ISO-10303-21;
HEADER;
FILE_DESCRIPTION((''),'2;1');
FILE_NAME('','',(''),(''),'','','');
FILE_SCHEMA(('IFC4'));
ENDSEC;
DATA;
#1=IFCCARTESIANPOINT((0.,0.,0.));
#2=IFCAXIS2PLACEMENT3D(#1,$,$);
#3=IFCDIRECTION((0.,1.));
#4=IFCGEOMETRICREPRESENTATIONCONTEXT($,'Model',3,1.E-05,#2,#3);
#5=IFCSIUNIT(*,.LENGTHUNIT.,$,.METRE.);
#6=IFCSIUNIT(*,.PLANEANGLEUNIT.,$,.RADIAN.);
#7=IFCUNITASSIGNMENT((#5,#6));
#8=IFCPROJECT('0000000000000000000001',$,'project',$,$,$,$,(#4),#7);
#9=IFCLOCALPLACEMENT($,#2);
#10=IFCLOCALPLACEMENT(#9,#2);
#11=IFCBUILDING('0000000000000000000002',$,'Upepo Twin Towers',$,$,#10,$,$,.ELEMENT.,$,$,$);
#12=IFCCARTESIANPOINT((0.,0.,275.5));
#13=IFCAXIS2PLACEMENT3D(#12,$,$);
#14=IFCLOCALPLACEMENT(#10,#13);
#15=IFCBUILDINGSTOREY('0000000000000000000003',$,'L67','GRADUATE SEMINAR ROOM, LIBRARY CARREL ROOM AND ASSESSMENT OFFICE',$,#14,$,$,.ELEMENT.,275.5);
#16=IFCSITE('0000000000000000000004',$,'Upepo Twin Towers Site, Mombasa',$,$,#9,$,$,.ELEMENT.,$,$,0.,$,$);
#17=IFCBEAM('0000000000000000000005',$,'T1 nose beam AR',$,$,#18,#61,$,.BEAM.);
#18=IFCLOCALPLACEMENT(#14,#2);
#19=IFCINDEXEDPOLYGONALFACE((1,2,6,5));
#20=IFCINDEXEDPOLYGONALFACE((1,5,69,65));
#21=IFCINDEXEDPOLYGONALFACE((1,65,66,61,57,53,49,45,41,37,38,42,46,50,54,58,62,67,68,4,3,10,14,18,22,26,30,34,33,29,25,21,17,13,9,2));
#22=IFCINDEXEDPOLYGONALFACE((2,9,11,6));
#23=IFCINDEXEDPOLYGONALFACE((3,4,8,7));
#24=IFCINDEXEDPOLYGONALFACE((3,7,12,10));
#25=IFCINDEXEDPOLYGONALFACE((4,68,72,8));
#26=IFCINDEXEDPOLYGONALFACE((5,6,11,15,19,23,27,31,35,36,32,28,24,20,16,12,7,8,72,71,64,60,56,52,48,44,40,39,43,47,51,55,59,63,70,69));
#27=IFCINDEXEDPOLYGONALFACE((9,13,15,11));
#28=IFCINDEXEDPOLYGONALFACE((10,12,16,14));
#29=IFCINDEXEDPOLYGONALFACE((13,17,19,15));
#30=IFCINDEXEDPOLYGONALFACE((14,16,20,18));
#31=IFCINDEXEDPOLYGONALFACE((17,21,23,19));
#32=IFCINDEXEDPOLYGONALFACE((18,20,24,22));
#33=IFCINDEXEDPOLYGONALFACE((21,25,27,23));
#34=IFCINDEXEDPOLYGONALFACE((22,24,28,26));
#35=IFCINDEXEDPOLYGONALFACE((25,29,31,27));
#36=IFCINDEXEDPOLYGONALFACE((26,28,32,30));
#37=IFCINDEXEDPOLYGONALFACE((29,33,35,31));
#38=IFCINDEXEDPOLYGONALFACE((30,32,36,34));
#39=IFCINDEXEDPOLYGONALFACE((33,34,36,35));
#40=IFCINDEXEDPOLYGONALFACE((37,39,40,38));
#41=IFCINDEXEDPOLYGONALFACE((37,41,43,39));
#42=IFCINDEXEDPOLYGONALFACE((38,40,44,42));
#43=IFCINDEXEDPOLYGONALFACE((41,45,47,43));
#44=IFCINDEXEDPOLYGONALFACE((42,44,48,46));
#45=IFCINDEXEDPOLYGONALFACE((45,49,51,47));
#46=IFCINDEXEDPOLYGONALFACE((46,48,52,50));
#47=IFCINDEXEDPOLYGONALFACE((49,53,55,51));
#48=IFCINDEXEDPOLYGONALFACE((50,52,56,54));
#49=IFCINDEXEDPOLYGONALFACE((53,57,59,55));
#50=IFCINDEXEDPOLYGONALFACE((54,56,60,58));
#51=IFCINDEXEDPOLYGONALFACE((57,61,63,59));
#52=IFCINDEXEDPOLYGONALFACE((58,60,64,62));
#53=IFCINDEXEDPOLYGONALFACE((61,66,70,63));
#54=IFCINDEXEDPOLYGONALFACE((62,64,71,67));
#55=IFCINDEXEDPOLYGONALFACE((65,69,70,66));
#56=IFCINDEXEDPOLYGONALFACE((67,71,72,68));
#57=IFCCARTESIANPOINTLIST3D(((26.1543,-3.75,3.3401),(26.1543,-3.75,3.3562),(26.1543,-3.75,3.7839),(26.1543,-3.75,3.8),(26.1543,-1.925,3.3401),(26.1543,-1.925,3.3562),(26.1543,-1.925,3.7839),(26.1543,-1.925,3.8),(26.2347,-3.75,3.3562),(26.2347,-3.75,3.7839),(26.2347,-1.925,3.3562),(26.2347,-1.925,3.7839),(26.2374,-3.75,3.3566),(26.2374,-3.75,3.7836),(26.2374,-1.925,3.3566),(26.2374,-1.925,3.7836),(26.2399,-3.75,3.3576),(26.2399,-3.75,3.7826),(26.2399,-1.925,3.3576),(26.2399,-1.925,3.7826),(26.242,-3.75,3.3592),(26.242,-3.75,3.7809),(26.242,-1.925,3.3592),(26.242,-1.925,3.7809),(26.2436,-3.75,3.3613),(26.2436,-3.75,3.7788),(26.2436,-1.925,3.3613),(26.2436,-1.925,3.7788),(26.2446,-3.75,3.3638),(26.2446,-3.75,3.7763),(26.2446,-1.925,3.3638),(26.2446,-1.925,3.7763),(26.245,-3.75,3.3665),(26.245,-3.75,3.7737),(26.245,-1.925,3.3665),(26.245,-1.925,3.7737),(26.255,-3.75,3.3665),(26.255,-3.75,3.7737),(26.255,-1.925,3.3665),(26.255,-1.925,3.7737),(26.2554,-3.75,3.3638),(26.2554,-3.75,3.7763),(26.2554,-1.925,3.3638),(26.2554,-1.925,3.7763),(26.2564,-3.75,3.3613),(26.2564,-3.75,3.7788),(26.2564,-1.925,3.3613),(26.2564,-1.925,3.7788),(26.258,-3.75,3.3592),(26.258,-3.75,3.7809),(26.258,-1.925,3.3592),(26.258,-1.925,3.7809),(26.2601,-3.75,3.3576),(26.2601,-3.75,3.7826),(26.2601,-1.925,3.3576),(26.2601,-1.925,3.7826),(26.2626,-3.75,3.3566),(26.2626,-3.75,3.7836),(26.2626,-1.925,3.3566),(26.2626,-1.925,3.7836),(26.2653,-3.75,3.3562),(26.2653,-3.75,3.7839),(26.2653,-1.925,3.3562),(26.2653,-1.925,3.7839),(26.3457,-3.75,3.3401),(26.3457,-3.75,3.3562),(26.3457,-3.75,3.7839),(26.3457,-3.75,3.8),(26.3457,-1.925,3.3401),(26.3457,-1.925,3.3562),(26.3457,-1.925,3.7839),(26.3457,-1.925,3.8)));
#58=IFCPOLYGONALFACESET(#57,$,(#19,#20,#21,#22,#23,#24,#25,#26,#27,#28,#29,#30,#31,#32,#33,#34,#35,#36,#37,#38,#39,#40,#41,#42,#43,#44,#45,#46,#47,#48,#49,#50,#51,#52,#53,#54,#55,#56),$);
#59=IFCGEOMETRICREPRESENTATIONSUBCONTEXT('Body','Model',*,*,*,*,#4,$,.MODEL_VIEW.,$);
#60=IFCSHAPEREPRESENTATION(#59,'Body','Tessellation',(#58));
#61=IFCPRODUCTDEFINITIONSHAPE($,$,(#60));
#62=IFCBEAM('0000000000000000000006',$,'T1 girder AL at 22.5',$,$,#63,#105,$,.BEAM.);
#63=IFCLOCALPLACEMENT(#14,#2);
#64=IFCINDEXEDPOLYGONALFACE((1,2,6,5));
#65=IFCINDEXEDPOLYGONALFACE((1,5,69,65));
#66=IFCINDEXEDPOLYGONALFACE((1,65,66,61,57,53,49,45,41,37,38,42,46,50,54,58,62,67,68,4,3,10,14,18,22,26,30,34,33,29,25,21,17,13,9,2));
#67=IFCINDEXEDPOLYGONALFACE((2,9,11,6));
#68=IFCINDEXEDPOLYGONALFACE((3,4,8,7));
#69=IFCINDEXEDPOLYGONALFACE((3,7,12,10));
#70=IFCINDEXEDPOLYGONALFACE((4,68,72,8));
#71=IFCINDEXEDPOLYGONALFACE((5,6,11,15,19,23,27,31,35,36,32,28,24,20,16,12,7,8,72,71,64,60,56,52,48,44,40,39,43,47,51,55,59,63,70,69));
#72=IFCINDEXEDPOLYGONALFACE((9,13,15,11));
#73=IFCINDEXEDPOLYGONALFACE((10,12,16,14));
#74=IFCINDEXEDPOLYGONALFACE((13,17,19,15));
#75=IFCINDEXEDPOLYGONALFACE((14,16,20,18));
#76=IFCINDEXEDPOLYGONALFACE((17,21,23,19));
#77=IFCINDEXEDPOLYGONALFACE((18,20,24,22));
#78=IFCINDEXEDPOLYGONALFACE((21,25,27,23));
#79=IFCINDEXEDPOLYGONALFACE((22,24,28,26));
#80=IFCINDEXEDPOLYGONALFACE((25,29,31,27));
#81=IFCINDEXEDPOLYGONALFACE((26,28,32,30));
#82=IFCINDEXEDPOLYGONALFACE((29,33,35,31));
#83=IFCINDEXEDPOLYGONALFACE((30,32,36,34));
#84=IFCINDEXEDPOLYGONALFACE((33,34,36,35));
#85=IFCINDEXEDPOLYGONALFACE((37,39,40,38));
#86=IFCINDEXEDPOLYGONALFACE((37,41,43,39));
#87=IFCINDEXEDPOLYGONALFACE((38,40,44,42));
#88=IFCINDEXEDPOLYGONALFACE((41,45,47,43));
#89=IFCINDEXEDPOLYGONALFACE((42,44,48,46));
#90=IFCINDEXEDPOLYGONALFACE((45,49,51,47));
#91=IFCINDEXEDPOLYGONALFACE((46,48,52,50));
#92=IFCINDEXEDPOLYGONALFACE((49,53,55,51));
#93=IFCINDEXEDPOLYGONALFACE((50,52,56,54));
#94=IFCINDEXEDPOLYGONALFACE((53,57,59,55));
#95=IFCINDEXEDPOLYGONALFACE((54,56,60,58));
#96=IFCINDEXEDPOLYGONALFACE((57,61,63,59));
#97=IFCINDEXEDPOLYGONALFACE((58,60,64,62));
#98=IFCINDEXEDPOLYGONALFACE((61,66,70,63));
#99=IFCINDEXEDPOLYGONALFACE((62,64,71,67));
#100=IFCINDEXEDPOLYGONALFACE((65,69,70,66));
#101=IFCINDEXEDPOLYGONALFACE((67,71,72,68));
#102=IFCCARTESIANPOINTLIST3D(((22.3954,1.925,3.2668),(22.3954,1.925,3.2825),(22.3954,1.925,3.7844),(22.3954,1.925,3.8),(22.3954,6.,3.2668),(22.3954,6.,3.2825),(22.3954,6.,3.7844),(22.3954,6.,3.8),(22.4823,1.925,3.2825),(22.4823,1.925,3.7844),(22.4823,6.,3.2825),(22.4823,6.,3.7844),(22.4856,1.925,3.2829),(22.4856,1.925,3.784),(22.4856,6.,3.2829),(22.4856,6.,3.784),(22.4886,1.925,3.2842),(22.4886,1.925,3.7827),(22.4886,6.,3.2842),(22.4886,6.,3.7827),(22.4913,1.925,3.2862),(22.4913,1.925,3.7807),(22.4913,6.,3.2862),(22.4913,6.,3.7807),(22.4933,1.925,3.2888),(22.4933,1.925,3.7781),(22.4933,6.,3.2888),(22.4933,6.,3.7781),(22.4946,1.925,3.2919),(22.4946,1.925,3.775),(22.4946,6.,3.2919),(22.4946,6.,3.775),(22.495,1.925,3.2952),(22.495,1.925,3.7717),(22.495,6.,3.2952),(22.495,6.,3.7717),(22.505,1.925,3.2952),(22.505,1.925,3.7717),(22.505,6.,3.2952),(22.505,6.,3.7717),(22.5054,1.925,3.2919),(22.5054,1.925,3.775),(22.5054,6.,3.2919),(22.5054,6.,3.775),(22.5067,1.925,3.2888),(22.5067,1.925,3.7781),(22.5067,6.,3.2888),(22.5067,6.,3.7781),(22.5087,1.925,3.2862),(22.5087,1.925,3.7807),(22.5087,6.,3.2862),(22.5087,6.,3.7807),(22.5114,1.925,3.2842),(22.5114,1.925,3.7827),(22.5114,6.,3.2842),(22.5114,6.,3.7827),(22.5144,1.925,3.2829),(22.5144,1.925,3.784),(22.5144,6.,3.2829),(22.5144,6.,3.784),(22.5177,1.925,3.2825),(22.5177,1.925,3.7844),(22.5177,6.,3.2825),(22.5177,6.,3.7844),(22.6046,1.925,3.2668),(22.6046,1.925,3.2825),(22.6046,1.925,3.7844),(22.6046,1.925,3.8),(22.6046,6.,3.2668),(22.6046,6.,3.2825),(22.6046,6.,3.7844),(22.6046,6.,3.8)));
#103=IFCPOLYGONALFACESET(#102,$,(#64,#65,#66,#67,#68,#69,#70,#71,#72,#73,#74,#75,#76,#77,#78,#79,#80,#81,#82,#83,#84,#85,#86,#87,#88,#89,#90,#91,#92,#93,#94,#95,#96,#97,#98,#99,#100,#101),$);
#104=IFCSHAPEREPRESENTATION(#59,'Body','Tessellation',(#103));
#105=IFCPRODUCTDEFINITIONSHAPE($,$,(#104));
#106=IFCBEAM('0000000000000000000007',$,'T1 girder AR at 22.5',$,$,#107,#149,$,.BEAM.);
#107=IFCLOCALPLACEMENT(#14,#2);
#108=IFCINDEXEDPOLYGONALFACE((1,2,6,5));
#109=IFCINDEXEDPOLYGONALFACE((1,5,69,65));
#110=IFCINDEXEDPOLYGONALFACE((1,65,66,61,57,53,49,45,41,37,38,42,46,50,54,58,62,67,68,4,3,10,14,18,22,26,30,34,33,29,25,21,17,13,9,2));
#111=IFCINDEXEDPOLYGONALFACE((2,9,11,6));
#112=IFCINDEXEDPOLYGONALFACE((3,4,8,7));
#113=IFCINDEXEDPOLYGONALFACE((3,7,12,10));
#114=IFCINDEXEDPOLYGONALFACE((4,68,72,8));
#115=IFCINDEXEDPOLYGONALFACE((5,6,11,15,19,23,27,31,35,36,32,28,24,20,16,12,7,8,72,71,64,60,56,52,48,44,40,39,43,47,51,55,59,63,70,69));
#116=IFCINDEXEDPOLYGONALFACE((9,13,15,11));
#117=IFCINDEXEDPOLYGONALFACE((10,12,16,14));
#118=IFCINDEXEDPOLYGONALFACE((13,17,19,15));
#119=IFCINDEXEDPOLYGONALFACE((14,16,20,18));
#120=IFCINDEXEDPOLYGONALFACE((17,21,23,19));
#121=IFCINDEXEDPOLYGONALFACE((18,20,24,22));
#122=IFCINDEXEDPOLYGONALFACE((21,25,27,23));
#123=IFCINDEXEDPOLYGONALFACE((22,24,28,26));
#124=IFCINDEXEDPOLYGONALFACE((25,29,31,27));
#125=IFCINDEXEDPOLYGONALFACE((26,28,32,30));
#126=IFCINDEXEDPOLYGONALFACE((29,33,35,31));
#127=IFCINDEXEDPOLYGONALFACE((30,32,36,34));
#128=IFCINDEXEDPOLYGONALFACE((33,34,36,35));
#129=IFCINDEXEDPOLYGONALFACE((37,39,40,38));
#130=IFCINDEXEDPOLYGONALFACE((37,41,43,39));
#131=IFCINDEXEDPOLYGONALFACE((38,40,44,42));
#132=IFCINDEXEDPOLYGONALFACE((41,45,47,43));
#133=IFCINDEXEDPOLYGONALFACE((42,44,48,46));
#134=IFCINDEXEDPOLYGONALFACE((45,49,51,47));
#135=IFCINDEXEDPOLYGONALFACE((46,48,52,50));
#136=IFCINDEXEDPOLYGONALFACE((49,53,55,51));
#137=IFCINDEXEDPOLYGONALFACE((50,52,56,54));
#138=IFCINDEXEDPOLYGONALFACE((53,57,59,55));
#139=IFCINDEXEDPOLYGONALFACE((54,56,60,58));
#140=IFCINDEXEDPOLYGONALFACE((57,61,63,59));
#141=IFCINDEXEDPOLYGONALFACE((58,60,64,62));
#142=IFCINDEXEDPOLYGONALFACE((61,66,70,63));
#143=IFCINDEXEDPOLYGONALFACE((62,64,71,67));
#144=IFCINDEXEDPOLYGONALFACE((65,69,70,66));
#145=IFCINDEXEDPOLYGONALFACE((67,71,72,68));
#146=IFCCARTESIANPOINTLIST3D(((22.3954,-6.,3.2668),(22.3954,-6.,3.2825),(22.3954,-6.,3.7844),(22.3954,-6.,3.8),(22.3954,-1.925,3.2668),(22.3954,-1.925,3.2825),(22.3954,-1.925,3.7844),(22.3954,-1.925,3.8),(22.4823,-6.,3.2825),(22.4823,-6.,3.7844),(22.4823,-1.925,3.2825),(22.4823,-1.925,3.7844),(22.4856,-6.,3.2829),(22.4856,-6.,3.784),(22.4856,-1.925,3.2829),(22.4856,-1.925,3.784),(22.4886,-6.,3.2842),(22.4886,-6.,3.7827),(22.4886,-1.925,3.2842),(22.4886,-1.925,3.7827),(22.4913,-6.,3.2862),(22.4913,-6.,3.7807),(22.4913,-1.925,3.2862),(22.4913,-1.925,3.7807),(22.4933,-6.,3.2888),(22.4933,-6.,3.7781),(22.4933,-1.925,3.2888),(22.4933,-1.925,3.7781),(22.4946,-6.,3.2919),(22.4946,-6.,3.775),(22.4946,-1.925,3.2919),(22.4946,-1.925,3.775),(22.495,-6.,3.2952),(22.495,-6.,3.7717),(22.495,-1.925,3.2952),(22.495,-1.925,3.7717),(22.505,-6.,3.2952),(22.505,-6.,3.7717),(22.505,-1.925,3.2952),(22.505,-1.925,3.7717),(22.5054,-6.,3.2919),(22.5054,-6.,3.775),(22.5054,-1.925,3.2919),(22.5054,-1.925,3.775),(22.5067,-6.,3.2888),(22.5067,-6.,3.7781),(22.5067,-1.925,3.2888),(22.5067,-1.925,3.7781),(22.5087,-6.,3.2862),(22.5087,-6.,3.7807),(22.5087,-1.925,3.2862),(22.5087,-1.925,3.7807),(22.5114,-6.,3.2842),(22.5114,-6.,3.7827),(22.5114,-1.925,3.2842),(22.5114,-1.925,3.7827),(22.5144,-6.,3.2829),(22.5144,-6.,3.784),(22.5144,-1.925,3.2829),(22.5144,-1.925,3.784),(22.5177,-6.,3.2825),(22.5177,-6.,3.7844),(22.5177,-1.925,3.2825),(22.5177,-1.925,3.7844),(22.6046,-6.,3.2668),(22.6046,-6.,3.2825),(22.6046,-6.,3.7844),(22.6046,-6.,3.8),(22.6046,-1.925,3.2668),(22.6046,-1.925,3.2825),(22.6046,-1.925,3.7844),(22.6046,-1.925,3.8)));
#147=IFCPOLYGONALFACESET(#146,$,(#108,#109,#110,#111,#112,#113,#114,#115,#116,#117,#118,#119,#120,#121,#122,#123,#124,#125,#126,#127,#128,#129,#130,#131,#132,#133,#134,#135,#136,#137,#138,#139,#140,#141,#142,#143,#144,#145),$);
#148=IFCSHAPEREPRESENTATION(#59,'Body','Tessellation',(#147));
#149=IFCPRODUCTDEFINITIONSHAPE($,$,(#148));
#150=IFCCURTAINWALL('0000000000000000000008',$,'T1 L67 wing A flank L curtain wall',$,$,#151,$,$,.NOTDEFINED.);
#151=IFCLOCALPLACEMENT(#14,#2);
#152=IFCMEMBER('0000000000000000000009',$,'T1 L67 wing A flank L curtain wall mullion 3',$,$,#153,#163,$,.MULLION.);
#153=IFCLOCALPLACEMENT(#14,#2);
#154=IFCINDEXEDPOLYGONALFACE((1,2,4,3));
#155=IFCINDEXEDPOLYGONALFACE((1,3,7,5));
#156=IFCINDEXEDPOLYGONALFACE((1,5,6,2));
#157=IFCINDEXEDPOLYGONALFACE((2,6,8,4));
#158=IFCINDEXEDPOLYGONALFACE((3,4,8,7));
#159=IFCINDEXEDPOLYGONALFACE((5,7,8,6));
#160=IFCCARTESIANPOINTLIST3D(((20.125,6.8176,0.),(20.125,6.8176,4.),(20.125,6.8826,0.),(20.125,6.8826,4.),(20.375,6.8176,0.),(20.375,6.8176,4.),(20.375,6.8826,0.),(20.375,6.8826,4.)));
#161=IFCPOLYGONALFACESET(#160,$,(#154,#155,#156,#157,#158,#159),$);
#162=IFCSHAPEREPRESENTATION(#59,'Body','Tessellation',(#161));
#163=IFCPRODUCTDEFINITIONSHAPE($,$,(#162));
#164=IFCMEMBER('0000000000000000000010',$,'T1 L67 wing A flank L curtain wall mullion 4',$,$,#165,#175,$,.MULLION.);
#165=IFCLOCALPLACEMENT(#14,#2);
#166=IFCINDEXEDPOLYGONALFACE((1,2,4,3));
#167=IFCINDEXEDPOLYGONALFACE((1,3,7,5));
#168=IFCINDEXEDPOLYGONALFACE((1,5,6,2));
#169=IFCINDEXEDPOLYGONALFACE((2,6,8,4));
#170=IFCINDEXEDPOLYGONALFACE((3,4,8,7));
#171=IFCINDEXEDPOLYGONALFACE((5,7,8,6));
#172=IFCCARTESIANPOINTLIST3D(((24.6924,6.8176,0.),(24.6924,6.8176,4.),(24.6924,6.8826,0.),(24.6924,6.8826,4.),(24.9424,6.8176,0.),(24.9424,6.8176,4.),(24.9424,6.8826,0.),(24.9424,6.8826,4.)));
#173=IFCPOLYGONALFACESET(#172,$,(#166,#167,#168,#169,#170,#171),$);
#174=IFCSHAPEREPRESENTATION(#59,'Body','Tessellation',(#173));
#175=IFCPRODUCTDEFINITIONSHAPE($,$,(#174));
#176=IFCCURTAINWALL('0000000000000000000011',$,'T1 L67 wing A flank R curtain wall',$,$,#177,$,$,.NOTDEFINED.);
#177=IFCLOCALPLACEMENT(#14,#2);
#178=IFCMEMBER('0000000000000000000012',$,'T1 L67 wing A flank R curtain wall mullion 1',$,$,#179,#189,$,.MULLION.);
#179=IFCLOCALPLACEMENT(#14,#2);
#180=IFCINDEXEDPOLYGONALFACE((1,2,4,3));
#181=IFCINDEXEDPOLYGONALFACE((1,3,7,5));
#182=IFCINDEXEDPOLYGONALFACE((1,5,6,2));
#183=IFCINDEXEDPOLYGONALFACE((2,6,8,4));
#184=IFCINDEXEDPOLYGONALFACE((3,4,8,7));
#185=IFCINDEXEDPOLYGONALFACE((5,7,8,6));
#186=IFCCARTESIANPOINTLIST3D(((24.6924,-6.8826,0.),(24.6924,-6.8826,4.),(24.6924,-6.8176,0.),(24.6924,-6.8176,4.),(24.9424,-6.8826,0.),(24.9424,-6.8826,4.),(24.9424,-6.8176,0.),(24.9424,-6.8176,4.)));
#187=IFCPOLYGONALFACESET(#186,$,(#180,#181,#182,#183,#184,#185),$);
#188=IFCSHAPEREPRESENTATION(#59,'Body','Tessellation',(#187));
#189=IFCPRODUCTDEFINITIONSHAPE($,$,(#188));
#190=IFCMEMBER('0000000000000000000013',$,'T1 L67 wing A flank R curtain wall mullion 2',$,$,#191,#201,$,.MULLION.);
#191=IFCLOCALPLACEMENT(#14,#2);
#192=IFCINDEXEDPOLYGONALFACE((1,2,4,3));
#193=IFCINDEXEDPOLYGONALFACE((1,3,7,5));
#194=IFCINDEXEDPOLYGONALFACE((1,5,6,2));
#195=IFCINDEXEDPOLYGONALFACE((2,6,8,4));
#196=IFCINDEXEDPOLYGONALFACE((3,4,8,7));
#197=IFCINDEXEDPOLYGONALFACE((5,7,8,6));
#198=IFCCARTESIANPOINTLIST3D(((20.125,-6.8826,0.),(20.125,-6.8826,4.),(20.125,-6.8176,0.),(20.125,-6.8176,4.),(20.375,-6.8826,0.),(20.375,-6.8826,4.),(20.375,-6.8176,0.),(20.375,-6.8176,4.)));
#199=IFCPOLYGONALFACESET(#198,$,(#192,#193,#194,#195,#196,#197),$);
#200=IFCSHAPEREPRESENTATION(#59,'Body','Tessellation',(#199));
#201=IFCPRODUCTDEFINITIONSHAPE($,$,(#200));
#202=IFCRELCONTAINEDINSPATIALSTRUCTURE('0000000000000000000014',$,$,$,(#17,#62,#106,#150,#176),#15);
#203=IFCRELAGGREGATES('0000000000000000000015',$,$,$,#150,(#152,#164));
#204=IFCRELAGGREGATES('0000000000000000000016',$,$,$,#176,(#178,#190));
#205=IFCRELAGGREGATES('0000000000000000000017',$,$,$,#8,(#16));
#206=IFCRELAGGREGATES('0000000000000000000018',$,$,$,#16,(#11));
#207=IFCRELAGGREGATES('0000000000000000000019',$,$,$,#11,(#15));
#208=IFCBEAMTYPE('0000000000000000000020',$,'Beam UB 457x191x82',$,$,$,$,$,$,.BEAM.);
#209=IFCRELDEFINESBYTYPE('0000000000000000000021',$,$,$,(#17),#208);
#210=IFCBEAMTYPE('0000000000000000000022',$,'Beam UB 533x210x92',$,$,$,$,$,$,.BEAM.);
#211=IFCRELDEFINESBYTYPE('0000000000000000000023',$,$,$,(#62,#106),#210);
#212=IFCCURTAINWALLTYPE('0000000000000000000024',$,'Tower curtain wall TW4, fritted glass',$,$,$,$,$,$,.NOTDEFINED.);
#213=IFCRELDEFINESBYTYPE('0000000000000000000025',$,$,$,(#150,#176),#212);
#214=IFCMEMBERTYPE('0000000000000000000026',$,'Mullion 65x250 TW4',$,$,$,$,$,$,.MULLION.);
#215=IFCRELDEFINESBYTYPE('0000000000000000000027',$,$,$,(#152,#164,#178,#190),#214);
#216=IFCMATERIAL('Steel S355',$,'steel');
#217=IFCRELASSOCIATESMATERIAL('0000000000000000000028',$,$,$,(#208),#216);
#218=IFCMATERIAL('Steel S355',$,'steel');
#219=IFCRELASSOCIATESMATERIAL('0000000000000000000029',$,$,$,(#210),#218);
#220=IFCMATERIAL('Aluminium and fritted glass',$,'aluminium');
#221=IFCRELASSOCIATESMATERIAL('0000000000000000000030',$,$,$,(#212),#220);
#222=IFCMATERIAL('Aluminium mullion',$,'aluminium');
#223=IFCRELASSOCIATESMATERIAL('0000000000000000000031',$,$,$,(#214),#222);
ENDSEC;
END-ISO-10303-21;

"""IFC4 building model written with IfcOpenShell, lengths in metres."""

from ifc_helpers import new_model, si_unit, direction, frame, origin, origin_2d, place, context, subcontext, project, spatial, rectangle, i_section, extrude, material, material_profile, profile_set, type_object, element, aggregate, save


model = new_model("IFC4")

# Units and contexts
model_context = context("Model", 3, precision=1e-05, world=origin(), true_north=direction((0.0, 1.0)))
body_context = subcontext(model_context, "Body", "Model", "MODEL_VIEW")
ifc_project = project(units=[si_unit("LENGTHUNIT", "METRE"), si_unit("PLANEANGLEUNIT", "RADIAN")], contexts=[model_context])

# Site, building, storey
site_placement = place(None, origin())
site = spatial("IfcSite", under=ifc_project, at=site_placement, Name="Upepo Twin Towers Site, Mombasa", CompositionType="ELEMENT", RefElevation=0.0)
building_placement = place(site_placement, origin())
building = spatial("IfcBuilding", under=site, at=building_placement, Name="Upepo Twin Towers", CompositionType="ELEMENT")
storey_placement = place(building_placement, frame((0.0, 0.0, 275.5)))
storey = spatial("IfcBuildingStorey", under=building, at=storey_placement, Name="L67", Description="GRADUATE SEMINAR ROOM, LIBRARY CARREL ROOM AND ASSESSMENT OFFICE", CompositionType="ELEMENT", Elevation=275.5)

# Beams
ifc_material_1 = material(Name="Steel S355", Category="steel")
ifc_material_profile_1 = material_profile(ifc_material_1, i_section(OverallWidth=0.1914, OverallDepth=0.46, WebThickness=0.01, FlangeThickness=0.0161, FilletRadius=0.0103, at=origin_2d()), Name="UB 457x191x82")
ifc_profile_set_1 = profile_set([ifc_material_profile_1], Name="Steel S355")
beam_type_1 = type_object("IfcBeamType", Name="Beam UB 457x191x82", PredefinedType="BEAM", material=ifc_profile_set_1)
for number, where, z_axis, x_axis, name in (
    (1, (26.25, -3.75, 3.5701), (0.0, 1.0, 0.0), (-1.0, 0.0, 0.0), "T1 nose beam AR"),
):
    element("IfcBeam", number, at=place(storey_placement, frame(where, z_axis=z_axis, x_axis=x_axis)), inside=storey, type_object=beam_type_1, Name=name, PredefinedType="BEAM", context=body_context, shape_type="SweptSolid", body=[
        extrude(i_section(OverallWidth=0.1914, OverallDepth=0.46, WebThickness=0.01, FlangeThickness=0.0161, FilletRadius=0.0103, at=origin_2d()), origin(), (0.0, 0.0, 1.0), 1.825),
    ])
ifc_material_2 = material(Name="Steel S355", Category="steel")
ifc_material_profile_2 = material_profile(ifc_material_2, i_section(OverallWidth=0.2092, OverallDepth=0.5332, WebThickness=0.01, FlangeThickness=0.0156, FilletRadius=0.0127, at=origin_2d()), Name="UB 533x210x92")
ifc_profile_set_2 = profile_set([ifc_material_profile_2], Name="Steel S355")
beam_type_2 = type_object("IfcBeamType", Name="Beam UB 533x210x92", PredefinedType="BEAM", material=ifc_profile_set_2)
for number, where, z_axis, x_axis, name in (
    (2, (22.5, 6.0, 3.5334), (0.0, -1.0, 0.0), (1.0, 0.0, 0.0), "T1 girder AL at 22.5"),
    (3, (22.5, -6.0, 3.5334), (0.0, 1.0, 0.0), (-1.0, 0.0, 0.0), "T1 girder AR at 22.5"),
):
    element("IfcBeam", number, at=place(storey_placement, frame(where, z_axis=z_axis, x_axis=x_axis)), inside=storey, type_object=beam_type_2, Name=name, PredefinedType="BEAM", context=body_context, shape_type="SweptSolid", body=[
        extrude(i_section(OverallWidth=0.2092, OverallDepth=0.5332, WebThickness=0.01, FlangeThickness=0.0156, FilletRadius=0.0127, at=origin_2d()), origin(), (0.0, 0.0, 1.0), 4.075),
    ])

# Curtain walls, members
ifc_material_3 = material(Name="Aluminium and fritted glass", Category="aluminium")
curtain_wall_type = type_object("IfcCurtainWallType", Name="Tower curtain wall TW4, fritted glass", PredefinedType="NOTDEFINED", material=ifc_material_3)
curtain_wall_1_placement = place(storey_placement, origin())
curtain_wall_1 = element("IfcCurtainWall", 4, at=curtain_wall_1_placement, inside=storey, type_object=curtain_wall_type, Name="T1 L67 wing A flank L curtain wall", PredefinedType="NOTDEFINED")
ifc_material_4 = material(Name="Aluminium mullion", Category="aluminium")
ifc_material_profile_3 = material_profile(ifc_material_4, rectangle(XDim=0.0649, YDim=0.25, at=origin_2d()), Name="MULLION 65x250")
ifc_profile_set_3 = profile_set([ifc_material_profile_3], Name="Aluminium mullion")
member_type_1 = type_object("IfcMemberType", Name="Mullion 65x250 TW4", PredefinedType="MULLION", material=ifc_profile_set_3)
member_1_placement = place(storey_placement, frame((20.25, 6.8501, 0.0), z_axis=(0.0, 0.0, 1.0), x_axis=(0.0, 1.0, 0.0)))
member_1 = element("IfcMember", 5, at=member_1_placement, type_object=member_type_1, Name="T1 L67 wing A flank L curtain wall mullion 3", PredefinedType="MULLION", context=body_context, shape_type="SweptSolid", body=[
    extrude(rectangle(XDim=0.0649, YDim=0.25, at=origin_2d()), origin(), (0.0, 0.0, 1.0), 4.0),
])
member_2_placement = place(storey_placement, frame((24.8174, 6.8501, 0.0), z_axis=(0.0, 0.0, 1.0), x_axis=(0.0, 1.0, 0.0)))
member_2 = element("IfcMember", 6, at=member_2_placement, type_object=member_type_1, Name="T1 L67 wing A flank L curtain wall mullion 4", PredefinedType="MULLION", context=body_context, shape_type="SweptSolid", body=[
    extrude(rectangle(XDim=0.0649, YDim=0.25, at=origin_2d()), origin(), (0.0, 0.0, 1.0), 4.0),
])
curtain_wall_2_placement = place(storey_placement, origin())
curtain_wall_2 = element("IfcCurtainWall", 7, at=curtain_wall_2_placement, inside=storey, type_object=curtain_wall_type, Name="T1 L67 wing A flank R curtain wall", PredefinedType="NOTDEFINED")
member_3_placement = place(storey_placement, frame((24.8174, -6.8501, 0.0), z_axis=(0.0, 0.0, 1.0), x_axis=(0.0, -1.0, 0.0)))
member_3 = element("IfcMember", 8, at=member_3_placement, type_object=member_type_1, Name="T1 L67 wing A flank R curtain wall mullion 1", PredefinedType="MULLION", context=body_context, shape_type="SweptSolid", body=[
    extrude(rectangle(XDim=0.0649, YDim=0.25, at=origin_2d()), origin(), (0.0, 0.0, 1.0), 4.0),
])
member_4_placement = place(storey_placement, frame((20.25, -6.8501, 0.0), z_axis=(0.0, 0.0, 1.0), x_axis=(0.0, -1.0, 0.0)))
member_4 = element("IfcMember", 9, at=member_4_placement, type_object=member_type_1, Name="T1 L67 wing A flank R curtain wall mullion 2", PredefinedType="MULLION", context=body_context, shape_type="SweptSolid", body=[
    extrude(rectangle(XDim=0.0649, YDim=0.25, at=origin_2d()), origin(), (0.0, 0.0, 1.0), 4.0),
])

aggregate(curtain_wall_1, [member_1, member_2])
aggregate(curtain_wall_2, [member_3, member_4])

save(model, "model.ifc")
